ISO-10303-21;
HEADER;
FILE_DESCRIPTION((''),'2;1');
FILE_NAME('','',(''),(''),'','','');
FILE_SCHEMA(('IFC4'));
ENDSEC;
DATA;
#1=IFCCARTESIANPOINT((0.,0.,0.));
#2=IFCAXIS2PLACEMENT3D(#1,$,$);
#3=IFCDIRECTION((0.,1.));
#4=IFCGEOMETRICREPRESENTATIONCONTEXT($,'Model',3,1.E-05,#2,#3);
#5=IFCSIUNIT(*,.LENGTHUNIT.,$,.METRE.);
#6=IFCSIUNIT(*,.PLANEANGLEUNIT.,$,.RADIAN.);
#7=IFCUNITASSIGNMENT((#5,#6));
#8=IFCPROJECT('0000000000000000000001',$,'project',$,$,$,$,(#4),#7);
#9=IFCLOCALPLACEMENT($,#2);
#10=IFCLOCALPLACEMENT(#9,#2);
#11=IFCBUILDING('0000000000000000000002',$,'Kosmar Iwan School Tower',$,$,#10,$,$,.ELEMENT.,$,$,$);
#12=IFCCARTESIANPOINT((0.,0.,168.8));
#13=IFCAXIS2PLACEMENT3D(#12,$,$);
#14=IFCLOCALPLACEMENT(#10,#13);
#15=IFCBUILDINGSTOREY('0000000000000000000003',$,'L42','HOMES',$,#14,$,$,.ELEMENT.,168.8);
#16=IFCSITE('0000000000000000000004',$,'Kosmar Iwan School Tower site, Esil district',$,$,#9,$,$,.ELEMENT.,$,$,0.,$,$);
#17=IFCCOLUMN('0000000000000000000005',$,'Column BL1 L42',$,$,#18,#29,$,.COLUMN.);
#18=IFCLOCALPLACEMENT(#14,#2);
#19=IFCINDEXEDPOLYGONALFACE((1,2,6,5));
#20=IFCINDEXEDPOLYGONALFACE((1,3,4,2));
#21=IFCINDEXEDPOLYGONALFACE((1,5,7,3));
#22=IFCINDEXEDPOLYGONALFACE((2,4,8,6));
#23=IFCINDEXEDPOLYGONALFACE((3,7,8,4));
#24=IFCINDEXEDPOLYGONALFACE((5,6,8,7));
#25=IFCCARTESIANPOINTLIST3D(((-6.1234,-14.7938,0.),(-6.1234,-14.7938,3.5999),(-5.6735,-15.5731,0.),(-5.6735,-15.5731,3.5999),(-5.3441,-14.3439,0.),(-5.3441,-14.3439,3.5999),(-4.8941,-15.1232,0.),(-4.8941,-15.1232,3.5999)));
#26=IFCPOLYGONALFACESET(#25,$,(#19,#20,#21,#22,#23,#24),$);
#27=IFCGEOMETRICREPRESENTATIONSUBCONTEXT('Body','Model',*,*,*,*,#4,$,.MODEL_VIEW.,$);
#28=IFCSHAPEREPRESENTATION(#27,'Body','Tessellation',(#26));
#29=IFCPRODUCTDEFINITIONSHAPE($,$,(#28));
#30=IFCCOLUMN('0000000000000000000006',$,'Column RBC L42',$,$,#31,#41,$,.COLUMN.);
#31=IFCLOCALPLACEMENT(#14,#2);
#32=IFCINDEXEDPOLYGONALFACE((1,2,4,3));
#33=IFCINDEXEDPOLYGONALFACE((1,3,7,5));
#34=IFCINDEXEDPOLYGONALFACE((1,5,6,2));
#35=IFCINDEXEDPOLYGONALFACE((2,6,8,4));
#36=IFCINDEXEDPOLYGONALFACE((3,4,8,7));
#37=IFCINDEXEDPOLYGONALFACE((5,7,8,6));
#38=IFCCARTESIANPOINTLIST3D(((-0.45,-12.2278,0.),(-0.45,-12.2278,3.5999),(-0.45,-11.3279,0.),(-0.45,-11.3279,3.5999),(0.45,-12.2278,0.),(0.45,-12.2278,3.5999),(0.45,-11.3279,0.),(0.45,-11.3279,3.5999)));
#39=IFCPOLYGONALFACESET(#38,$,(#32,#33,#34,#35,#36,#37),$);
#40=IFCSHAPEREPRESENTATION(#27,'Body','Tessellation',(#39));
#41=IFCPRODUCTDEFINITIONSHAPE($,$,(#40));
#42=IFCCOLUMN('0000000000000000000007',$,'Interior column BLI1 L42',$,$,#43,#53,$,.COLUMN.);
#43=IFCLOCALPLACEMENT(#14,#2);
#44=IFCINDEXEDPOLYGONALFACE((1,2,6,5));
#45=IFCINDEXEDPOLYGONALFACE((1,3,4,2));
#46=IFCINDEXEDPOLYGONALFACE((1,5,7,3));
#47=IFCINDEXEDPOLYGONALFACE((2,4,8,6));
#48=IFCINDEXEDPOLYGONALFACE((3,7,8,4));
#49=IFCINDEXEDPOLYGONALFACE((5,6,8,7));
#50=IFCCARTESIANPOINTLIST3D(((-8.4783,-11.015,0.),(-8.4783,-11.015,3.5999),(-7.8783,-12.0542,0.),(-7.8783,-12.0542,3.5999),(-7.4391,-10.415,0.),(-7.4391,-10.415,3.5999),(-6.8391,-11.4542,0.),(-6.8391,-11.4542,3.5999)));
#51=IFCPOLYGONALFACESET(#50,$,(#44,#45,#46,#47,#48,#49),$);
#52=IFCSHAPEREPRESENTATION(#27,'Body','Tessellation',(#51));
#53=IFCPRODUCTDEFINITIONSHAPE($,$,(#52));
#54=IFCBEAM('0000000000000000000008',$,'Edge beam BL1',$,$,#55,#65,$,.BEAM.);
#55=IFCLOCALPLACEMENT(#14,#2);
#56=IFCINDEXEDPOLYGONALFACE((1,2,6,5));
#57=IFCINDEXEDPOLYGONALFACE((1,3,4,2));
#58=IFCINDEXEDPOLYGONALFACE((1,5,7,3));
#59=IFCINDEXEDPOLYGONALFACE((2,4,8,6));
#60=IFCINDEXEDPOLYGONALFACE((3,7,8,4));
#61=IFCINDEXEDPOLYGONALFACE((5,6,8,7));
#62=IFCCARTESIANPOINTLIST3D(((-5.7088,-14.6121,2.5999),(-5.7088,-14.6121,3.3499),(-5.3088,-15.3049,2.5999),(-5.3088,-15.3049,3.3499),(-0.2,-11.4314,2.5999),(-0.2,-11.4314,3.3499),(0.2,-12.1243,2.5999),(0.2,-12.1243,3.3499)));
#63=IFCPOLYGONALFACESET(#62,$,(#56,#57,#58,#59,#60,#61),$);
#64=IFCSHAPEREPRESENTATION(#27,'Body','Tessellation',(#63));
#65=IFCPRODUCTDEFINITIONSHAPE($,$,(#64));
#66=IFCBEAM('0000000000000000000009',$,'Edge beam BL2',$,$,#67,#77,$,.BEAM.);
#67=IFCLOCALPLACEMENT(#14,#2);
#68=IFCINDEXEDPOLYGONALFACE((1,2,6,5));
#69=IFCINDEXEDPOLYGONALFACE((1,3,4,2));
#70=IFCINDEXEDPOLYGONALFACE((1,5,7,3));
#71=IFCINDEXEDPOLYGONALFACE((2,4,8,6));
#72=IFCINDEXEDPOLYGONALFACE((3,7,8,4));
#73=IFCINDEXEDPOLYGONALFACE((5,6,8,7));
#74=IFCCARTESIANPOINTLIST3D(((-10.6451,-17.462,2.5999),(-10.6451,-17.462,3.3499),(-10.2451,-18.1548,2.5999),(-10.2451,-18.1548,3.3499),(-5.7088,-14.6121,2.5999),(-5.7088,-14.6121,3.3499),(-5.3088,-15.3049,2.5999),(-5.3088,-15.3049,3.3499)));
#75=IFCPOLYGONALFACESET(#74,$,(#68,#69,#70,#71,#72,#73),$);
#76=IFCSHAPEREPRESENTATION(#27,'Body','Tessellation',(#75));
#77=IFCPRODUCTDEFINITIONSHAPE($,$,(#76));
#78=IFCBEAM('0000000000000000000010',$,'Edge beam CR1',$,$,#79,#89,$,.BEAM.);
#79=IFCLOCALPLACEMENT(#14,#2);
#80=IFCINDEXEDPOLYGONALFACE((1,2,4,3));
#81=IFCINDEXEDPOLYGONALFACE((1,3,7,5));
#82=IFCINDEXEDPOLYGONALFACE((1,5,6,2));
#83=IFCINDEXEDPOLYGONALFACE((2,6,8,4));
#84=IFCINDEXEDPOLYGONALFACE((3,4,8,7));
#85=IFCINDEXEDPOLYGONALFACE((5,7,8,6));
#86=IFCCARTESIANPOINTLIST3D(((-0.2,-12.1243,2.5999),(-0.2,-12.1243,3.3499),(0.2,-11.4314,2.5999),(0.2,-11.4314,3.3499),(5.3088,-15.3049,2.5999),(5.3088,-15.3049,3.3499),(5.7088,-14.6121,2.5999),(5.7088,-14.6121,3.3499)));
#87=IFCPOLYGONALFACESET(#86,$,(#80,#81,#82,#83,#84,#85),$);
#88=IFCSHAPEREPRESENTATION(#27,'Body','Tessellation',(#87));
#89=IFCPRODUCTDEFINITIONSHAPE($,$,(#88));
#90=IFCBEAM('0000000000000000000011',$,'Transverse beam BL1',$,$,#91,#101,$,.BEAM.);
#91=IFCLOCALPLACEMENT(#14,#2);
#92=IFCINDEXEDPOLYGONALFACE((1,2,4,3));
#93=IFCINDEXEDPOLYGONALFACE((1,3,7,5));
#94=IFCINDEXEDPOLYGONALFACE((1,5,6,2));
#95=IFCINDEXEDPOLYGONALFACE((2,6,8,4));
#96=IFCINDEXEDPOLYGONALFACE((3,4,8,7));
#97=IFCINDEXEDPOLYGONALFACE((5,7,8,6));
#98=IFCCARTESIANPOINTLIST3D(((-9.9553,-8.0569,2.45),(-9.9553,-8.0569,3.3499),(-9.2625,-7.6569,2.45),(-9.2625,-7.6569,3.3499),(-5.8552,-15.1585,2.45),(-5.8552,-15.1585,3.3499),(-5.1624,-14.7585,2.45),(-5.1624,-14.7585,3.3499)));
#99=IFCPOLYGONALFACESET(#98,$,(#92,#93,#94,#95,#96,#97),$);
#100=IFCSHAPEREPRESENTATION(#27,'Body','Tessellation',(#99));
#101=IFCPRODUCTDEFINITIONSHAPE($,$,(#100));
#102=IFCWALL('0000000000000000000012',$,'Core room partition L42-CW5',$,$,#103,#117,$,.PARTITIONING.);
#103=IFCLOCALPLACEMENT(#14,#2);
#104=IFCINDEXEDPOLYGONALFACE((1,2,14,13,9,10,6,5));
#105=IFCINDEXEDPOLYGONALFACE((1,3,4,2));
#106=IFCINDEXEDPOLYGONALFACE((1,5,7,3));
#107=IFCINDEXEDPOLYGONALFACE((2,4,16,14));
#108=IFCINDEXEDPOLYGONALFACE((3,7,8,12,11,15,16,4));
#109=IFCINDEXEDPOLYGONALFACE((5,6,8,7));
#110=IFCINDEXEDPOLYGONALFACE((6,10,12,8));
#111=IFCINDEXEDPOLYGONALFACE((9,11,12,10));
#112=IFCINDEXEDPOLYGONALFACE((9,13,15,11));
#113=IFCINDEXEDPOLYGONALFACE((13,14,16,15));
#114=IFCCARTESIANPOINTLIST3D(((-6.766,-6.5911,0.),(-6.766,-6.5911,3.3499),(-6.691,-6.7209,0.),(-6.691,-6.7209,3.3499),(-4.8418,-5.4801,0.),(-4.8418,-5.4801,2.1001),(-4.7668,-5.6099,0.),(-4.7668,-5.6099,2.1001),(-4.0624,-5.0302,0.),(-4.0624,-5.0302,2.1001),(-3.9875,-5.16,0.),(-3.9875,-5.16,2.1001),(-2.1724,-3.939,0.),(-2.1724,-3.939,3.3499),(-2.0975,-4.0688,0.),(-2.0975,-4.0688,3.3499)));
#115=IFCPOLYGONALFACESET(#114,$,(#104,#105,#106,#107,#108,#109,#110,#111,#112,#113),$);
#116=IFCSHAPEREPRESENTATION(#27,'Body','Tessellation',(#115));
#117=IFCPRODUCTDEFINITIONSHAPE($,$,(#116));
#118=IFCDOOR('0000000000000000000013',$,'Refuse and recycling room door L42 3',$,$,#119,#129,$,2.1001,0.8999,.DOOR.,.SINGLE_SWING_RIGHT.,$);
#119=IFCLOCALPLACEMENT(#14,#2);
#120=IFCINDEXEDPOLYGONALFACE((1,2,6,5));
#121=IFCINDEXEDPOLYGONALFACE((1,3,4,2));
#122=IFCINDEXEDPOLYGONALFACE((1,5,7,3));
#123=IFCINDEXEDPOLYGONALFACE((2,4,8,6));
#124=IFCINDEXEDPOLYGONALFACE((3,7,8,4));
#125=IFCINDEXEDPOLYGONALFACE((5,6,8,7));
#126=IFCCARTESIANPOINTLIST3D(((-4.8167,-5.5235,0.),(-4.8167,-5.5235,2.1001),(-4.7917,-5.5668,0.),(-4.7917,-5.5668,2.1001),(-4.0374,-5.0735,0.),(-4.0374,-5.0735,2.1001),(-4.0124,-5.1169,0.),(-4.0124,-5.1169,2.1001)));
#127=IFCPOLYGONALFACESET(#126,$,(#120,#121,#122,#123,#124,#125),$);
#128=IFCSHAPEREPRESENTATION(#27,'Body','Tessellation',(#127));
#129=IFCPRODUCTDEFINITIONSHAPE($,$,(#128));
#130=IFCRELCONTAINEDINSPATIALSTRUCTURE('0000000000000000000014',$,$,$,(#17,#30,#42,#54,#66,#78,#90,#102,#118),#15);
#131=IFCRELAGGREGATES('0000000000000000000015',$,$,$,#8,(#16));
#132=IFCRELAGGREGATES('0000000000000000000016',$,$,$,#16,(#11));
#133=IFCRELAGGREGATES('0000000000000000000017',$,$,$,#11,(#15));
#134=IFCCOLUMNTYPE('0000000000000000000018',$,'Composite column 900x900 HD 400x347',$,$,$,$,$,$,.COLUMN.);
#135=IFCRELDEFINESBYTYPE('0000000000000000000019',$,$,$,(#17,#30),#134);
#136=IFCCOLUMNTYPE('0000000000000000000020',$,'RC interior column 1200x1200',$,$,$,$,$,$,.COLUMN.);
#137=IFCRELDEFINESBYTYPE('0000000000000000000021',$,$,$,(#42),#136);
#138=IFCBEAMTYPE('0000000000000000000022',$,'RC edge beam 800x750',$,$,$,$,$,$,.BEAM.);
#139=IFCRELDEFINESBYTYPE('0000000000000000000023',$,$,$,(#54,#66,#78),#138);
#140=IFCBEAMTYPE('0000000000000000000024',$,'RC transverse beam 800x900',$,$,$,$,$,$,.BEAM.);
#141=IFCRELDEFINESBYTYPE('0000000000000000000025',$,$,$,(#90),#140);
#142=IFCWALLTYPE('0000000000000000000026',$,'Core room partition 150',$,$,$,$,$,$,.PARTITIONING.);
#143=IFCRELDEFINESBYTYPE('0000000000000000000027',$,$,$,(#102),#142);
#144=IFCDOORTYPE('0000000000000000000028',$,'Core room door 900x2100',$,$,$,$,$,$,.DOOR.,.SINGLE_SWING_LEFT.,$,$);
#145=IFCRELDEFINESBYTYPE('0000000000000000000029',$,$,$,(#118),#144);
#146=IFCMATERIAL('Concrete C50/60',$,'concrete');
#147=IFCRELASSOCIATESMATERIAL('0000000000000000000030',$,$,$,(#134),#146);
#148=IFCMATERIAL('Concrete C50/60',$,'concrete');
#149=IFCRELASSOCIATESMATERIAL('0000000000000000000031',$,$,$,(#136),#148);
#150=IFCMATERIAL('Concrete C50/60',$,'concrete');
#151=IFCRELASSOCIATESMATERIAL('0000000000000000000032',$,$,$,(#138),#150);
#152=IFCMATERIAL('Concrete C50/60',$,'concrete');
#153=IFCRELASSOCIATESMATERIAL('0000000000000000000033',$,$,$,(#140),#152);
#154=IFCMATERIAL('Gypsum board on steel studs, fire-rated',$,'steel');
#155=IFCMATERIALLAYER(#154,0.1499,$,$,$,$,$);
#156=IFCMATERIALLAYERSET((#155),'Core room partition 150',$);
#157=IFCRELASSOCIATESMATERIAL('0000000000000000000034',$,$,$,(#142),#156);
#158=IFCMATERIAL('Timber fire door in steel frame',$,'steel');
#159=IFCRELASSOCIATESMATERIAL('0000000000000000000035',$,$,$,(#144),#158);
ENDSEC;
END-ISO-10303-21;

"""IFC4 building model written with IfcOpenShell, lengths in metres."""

from ifc_helpers import new_model, si_unit, direction, frame, frame_2d, origin, origin_2d, place, context, subcontext, project, spatial, rectangle, extrude, material, layer, layer_set, material_profile, profile_set, type_object, element, fill, save


model = new_model("IFC4")

# Units and contexts
model_context = context("Model", 3, precision=1e-05, world=origin(), true_north=direction((0.0, 1.0)))
body_context = subcontext(model_context, "Body", "Model", "MODEL_VIEW")
ifc_project = project(units=[si_unit("LENGTHUNIT", "METRE"), si_unit("PLANEANGLEUNIT", "RADIAN")], contexts=[model_context])

# Site, building, storey
site_placement = place(None, origin())
site = spatial("IfcSite", under=ifc_project, at=site_placement, Name="Kosmar Iwan School Tower site, Esil district", CompositionType="ELEMENT", RefElevation=0.0)
building_placement = place(site_placement, origin())
building = spatial("IfcBuilding", under=site, at=building_placement, Name="Kosmar Iwan School Tower", CompositionType="ELEMENT")
storey_placement = place(building_placement, frame((0.0, 0.0, 168.8)))
storey = spatial("IfcBuildingStorey", under=building, at=storey_placement, Name="L42", Description="HOMES", CompositionType="ELEMENT", Elevation=168.8)

# Columns
ifc_material_1 = material(Name="Concrete C50/60", Category="concrete")
ifc_material_profile_1 = material_profile(ifc_material_1, rectangle(XDim=0.8999, YDim=0.8999, at=origin_2d()), Name="RC 900x900 + HD 400x347")
ifc_profile_set_1 = profile_set([ifc_material_profile_1], Name="Concrete C50/60")
column_type_1 = type_object("IfcColumnType", Name="Composite column 900x900 HD 400x347", PredefinedType="COLUMN", material=ifc_profile_set_1)
for number, where, z_axis, x_axis, name in (
    (1, (-5.5088, -14.9585, 0.0), (0.0, 0.0, 1.0), (-0.866025, -0.5, 0.0), "Column BL1 L42"),
    (2, (0.0, -11.7778, 0.0), (0.0, 0.0, 1.0), (1.0, 0.0, 0.0), "Column RBC L42"),
):
    element("IfcColumn", number, at=place(storey_placement, frame(where, z_axis=z_axis, x_axis=x_axis)), inside=storey, type_object=column_type_1, Name=name, PredefinedType="COLUMN", context=body_context, shape_type="SweptSolid", body=[
        extrude(rectangle(XDim=0.8999, YDim=0.8999, at=origin_2d()), origin(), (0.0, 0.0, 1.0), 3.5999),
    ])
ifc_material_2 = material(Name="Concrete C50/60", Category="concrete")
ifc_material_profile_2 = material_profile(ifc_material_2, rectangle(XDim=1.2, YDim=1.2, at=origin_2d()), Name="RC 1200x1200")
ifc_profile_set_2 = profile_set([ifc_material_profile_2], Name="Concrete C50/60")
column_type_2 = type_object("IfcColumnType", Name="RC interior column 1200x1200", PredefinedType="COLUMN", material=ifc_profile_set_2)
column_placement = place(storey_placement, frame((-7.6587, -11.2346, 0.0), z_axis=(0.0, 0.0, 1.0), x_axis=(-0.866025, -0.5, 0.0)))
element("IfcColumn", 3, at=column_placement, inside=storey, type_object=column_type_2, Name="Interior column BLI1 L42", PredefinedType="COLUMN", context=body_context, shape_type="SweptSolid", body=[
    extrude(rectangle(XDim=1.2, YDim=1.2, at=origin_2d()), origin(), (0.0, 0.0, 1.0), 3.5999),
])

# Beams
ifc_material_3 = material(Name="Concrete C50/60", Category="concrete")
ifc_material_profile_3 = material_profile(ifc_material_3, rectangle(XDim=0.8, YDim=0.75, at=origin_2d()), Name="RC 800x750")
ifc_profile_set_3 = profile_set([ifc_material_profile_3], Name="Concrete C50/60")
beam_type_1 = type_object("IfcBeamType", Name="RC edge beam 800x750", PredefinedType="BEAM", material=ifc_profile_set_3)
beam_1_placement = place(storey_placement, frame((0.0, -11.7778, 2.9749), z_axis=(-0.866014, -0.500019, 0.0), x_axis=(0.500019, -0.866014, 0.0)))
element("IfcBeam", 4, at=beam_1_placement, inside=storey, type_object=beam_type_1, Name="Edge beam BL1", PredefinedType="BEAM", context=body_context, shape_type="SweptSolid", body=[
    extrude(rectangle(XDim=0.8, YDim=0.75, at=origin_2d()), origin(), (0.0, 0.0, 1.0), 6.3611),
])
beam_2_placement = place(storey_placement, frame((-5.5088, -14.9585, 2.9749), z_axis=(-0.866034, -0.499986, 0.0), x_axis=(0.499986, -0.866034, 0.0)))
element("IfcBeam", 5, at=beam_2_placement, inside=storey, type_object=beam_type_1, Name="Edge beam BL2", PredefinedType="BEAM", context=body_context, shape_type="SweptSolid", body=[
    extrude(rectangle(XDim=0.8, YDim=0.75, at=origin_2d()), origin(), (0.0, 0.0, 1.0), 5.7),
])
beam_3_placement = place(storey_placement, frame((0.0, -11.7778, 2.9749), z_axis=(0.866014, -0.500019, 0.0), x_axis=(0.500019, 0.866014, 0.0)))
element("IfcBeam", 6, at=beam_3_placement, inside=storey, type_object=beam_type_1, Name="Edge beam CR1", PredefinedType="BEAM", context=body_context, shape_type="SweptSolid", body=[
    extrude(rectangle(XDim=0.8, YDim=0.75, at=origin_2d()), origin(), (0.0, 0.0, 1.0), 6.3611),
])
ifc_material_4 = material(Name="Concrete C50/60", Category="concrete")
ifc_material_profile_4 = material_profile(ifc_material_4, rectangle(XDim=0.8, YDim=0.8999, at=origin_2d()), Name="RC 800x900")
ifc_profile_set_4 = profile_set([ifc_material_profile_4], Name="Concrete C50/60")
beam_type_2 = type_object("IfcBeamType", Name="RC transverse beam 800x900", PredefinedType="BEAM", material=ifc_profile_set_4)
beam_4_placement = place(storey_placement, frame((-5.5088, -14.9585, 2.8999), z_axis=(-0.500001, 0.866025, 0.0), x_axis=(-0.866025, -0.500001, 0.0)))
element("IfcBeam", 7, at=beam_4_placement, inside=storey, type_object=beam_type_2, Name="Transverse beam BL1", PredefinedType="BEAM", context=body_context, shape_type="SweptSolid", body=[
    extrude(rectangle(XDim=0.8, YDim=0.8999, at=origin_2d()), origin(), (0.0, 0.0, 1.0), 8.2002),
])

# Wall, opening, door
ifc_material_5 = material(Name="Gypsum board on steel studs, fire-rated", Category="steel")
ifc_layer_1 = layer(ifc_material_5, 0.1499)
ifc_layer_set_1 = layer_set([ifc_layer_1], Name="Core room partition 150")
wall_type_1 = type_object("IfcWallType", Name="Core room partition 150", PredefinedType="PARTITIONING", material=ifc_layer_set_1)
wall_1_placement = place(storey_placement, frame((-6.7285, -6.656, 0.0), z_axis=(0.0, 0.0, 1.0), x_axis=(0.866022, 0.500005, 0.0)))
wall_1 = element("IfcWall", 8, at=wall_1_placement, inside=storey, type_object=wall_type_1, Name="Core room partition L42-CW5", PredefinedType="PARTITIONING", context=body_context, shape_type="SweptSolid", body=[
    extrude(rectangle(XDim=5.3042, YDim=0.1499, at=frame_2d((2.6521, 0.0))), origin(), (0.0, 0.0, 1.0), 3.3499),
])
opening_1_placement = place(wall_1_placement, frame((2.2219, 0.0, 0.0)))
opening_1 = element("IfcOpeningElement", 9, at=opening_1_placement, cuts=wall_1, PredefinedType="OPENING", context=body_context, shape_type="SweptSolid", body=[
    extrude(rectangle(XDim=0.8999, YDim=2.1001, at=frame_2d((0.45, 1.05))), frame((0.0, 0.0869, 0.0), z_axis=(0.0, -1.0, 0.0), x_axis=(1.0, 0.0, 0.0)), (0.0, 0.0, 1.0), 0.1738),
])
ifc_material_6 = material(Name="Timber fire door in steel frame", Category="steel")
door_type_1 = type_object("IfcDoorType", Name="Core room door 900x2100", OperationType="SINGLE_SWING_LEFT", PredefinedType="DOOR", material=ifc_material_6)
door_1_placement = place(opening_1_placement, origin())
door_1 = element("IfcDoor", 10, at=door_1_placement, inside=storey, type_object=door_type_1, Name="Refuse and recycling room door L42 3", OperationType="SINGLE_SWING_RIGHT", OverallHeight=2.1001, OverallWidth=0.8999, PredefinedType="DOOR", context=body_context, shape_type="SweptSolid", body=[
    extrude(rectangle(XDim=0.8999, YDim=2.1001, at=frame_2d((0.45, 1.05))), frame((0.0, 0.0249, 0.0), z_axis=(0.0, -1.0, 0.0), x_axis=(1.0, 0.0, 0.0)), (0.0, 0.0, 1.0), 0.05),
])
fill(opening_1, door_1)

save(model, "model.ifc")
